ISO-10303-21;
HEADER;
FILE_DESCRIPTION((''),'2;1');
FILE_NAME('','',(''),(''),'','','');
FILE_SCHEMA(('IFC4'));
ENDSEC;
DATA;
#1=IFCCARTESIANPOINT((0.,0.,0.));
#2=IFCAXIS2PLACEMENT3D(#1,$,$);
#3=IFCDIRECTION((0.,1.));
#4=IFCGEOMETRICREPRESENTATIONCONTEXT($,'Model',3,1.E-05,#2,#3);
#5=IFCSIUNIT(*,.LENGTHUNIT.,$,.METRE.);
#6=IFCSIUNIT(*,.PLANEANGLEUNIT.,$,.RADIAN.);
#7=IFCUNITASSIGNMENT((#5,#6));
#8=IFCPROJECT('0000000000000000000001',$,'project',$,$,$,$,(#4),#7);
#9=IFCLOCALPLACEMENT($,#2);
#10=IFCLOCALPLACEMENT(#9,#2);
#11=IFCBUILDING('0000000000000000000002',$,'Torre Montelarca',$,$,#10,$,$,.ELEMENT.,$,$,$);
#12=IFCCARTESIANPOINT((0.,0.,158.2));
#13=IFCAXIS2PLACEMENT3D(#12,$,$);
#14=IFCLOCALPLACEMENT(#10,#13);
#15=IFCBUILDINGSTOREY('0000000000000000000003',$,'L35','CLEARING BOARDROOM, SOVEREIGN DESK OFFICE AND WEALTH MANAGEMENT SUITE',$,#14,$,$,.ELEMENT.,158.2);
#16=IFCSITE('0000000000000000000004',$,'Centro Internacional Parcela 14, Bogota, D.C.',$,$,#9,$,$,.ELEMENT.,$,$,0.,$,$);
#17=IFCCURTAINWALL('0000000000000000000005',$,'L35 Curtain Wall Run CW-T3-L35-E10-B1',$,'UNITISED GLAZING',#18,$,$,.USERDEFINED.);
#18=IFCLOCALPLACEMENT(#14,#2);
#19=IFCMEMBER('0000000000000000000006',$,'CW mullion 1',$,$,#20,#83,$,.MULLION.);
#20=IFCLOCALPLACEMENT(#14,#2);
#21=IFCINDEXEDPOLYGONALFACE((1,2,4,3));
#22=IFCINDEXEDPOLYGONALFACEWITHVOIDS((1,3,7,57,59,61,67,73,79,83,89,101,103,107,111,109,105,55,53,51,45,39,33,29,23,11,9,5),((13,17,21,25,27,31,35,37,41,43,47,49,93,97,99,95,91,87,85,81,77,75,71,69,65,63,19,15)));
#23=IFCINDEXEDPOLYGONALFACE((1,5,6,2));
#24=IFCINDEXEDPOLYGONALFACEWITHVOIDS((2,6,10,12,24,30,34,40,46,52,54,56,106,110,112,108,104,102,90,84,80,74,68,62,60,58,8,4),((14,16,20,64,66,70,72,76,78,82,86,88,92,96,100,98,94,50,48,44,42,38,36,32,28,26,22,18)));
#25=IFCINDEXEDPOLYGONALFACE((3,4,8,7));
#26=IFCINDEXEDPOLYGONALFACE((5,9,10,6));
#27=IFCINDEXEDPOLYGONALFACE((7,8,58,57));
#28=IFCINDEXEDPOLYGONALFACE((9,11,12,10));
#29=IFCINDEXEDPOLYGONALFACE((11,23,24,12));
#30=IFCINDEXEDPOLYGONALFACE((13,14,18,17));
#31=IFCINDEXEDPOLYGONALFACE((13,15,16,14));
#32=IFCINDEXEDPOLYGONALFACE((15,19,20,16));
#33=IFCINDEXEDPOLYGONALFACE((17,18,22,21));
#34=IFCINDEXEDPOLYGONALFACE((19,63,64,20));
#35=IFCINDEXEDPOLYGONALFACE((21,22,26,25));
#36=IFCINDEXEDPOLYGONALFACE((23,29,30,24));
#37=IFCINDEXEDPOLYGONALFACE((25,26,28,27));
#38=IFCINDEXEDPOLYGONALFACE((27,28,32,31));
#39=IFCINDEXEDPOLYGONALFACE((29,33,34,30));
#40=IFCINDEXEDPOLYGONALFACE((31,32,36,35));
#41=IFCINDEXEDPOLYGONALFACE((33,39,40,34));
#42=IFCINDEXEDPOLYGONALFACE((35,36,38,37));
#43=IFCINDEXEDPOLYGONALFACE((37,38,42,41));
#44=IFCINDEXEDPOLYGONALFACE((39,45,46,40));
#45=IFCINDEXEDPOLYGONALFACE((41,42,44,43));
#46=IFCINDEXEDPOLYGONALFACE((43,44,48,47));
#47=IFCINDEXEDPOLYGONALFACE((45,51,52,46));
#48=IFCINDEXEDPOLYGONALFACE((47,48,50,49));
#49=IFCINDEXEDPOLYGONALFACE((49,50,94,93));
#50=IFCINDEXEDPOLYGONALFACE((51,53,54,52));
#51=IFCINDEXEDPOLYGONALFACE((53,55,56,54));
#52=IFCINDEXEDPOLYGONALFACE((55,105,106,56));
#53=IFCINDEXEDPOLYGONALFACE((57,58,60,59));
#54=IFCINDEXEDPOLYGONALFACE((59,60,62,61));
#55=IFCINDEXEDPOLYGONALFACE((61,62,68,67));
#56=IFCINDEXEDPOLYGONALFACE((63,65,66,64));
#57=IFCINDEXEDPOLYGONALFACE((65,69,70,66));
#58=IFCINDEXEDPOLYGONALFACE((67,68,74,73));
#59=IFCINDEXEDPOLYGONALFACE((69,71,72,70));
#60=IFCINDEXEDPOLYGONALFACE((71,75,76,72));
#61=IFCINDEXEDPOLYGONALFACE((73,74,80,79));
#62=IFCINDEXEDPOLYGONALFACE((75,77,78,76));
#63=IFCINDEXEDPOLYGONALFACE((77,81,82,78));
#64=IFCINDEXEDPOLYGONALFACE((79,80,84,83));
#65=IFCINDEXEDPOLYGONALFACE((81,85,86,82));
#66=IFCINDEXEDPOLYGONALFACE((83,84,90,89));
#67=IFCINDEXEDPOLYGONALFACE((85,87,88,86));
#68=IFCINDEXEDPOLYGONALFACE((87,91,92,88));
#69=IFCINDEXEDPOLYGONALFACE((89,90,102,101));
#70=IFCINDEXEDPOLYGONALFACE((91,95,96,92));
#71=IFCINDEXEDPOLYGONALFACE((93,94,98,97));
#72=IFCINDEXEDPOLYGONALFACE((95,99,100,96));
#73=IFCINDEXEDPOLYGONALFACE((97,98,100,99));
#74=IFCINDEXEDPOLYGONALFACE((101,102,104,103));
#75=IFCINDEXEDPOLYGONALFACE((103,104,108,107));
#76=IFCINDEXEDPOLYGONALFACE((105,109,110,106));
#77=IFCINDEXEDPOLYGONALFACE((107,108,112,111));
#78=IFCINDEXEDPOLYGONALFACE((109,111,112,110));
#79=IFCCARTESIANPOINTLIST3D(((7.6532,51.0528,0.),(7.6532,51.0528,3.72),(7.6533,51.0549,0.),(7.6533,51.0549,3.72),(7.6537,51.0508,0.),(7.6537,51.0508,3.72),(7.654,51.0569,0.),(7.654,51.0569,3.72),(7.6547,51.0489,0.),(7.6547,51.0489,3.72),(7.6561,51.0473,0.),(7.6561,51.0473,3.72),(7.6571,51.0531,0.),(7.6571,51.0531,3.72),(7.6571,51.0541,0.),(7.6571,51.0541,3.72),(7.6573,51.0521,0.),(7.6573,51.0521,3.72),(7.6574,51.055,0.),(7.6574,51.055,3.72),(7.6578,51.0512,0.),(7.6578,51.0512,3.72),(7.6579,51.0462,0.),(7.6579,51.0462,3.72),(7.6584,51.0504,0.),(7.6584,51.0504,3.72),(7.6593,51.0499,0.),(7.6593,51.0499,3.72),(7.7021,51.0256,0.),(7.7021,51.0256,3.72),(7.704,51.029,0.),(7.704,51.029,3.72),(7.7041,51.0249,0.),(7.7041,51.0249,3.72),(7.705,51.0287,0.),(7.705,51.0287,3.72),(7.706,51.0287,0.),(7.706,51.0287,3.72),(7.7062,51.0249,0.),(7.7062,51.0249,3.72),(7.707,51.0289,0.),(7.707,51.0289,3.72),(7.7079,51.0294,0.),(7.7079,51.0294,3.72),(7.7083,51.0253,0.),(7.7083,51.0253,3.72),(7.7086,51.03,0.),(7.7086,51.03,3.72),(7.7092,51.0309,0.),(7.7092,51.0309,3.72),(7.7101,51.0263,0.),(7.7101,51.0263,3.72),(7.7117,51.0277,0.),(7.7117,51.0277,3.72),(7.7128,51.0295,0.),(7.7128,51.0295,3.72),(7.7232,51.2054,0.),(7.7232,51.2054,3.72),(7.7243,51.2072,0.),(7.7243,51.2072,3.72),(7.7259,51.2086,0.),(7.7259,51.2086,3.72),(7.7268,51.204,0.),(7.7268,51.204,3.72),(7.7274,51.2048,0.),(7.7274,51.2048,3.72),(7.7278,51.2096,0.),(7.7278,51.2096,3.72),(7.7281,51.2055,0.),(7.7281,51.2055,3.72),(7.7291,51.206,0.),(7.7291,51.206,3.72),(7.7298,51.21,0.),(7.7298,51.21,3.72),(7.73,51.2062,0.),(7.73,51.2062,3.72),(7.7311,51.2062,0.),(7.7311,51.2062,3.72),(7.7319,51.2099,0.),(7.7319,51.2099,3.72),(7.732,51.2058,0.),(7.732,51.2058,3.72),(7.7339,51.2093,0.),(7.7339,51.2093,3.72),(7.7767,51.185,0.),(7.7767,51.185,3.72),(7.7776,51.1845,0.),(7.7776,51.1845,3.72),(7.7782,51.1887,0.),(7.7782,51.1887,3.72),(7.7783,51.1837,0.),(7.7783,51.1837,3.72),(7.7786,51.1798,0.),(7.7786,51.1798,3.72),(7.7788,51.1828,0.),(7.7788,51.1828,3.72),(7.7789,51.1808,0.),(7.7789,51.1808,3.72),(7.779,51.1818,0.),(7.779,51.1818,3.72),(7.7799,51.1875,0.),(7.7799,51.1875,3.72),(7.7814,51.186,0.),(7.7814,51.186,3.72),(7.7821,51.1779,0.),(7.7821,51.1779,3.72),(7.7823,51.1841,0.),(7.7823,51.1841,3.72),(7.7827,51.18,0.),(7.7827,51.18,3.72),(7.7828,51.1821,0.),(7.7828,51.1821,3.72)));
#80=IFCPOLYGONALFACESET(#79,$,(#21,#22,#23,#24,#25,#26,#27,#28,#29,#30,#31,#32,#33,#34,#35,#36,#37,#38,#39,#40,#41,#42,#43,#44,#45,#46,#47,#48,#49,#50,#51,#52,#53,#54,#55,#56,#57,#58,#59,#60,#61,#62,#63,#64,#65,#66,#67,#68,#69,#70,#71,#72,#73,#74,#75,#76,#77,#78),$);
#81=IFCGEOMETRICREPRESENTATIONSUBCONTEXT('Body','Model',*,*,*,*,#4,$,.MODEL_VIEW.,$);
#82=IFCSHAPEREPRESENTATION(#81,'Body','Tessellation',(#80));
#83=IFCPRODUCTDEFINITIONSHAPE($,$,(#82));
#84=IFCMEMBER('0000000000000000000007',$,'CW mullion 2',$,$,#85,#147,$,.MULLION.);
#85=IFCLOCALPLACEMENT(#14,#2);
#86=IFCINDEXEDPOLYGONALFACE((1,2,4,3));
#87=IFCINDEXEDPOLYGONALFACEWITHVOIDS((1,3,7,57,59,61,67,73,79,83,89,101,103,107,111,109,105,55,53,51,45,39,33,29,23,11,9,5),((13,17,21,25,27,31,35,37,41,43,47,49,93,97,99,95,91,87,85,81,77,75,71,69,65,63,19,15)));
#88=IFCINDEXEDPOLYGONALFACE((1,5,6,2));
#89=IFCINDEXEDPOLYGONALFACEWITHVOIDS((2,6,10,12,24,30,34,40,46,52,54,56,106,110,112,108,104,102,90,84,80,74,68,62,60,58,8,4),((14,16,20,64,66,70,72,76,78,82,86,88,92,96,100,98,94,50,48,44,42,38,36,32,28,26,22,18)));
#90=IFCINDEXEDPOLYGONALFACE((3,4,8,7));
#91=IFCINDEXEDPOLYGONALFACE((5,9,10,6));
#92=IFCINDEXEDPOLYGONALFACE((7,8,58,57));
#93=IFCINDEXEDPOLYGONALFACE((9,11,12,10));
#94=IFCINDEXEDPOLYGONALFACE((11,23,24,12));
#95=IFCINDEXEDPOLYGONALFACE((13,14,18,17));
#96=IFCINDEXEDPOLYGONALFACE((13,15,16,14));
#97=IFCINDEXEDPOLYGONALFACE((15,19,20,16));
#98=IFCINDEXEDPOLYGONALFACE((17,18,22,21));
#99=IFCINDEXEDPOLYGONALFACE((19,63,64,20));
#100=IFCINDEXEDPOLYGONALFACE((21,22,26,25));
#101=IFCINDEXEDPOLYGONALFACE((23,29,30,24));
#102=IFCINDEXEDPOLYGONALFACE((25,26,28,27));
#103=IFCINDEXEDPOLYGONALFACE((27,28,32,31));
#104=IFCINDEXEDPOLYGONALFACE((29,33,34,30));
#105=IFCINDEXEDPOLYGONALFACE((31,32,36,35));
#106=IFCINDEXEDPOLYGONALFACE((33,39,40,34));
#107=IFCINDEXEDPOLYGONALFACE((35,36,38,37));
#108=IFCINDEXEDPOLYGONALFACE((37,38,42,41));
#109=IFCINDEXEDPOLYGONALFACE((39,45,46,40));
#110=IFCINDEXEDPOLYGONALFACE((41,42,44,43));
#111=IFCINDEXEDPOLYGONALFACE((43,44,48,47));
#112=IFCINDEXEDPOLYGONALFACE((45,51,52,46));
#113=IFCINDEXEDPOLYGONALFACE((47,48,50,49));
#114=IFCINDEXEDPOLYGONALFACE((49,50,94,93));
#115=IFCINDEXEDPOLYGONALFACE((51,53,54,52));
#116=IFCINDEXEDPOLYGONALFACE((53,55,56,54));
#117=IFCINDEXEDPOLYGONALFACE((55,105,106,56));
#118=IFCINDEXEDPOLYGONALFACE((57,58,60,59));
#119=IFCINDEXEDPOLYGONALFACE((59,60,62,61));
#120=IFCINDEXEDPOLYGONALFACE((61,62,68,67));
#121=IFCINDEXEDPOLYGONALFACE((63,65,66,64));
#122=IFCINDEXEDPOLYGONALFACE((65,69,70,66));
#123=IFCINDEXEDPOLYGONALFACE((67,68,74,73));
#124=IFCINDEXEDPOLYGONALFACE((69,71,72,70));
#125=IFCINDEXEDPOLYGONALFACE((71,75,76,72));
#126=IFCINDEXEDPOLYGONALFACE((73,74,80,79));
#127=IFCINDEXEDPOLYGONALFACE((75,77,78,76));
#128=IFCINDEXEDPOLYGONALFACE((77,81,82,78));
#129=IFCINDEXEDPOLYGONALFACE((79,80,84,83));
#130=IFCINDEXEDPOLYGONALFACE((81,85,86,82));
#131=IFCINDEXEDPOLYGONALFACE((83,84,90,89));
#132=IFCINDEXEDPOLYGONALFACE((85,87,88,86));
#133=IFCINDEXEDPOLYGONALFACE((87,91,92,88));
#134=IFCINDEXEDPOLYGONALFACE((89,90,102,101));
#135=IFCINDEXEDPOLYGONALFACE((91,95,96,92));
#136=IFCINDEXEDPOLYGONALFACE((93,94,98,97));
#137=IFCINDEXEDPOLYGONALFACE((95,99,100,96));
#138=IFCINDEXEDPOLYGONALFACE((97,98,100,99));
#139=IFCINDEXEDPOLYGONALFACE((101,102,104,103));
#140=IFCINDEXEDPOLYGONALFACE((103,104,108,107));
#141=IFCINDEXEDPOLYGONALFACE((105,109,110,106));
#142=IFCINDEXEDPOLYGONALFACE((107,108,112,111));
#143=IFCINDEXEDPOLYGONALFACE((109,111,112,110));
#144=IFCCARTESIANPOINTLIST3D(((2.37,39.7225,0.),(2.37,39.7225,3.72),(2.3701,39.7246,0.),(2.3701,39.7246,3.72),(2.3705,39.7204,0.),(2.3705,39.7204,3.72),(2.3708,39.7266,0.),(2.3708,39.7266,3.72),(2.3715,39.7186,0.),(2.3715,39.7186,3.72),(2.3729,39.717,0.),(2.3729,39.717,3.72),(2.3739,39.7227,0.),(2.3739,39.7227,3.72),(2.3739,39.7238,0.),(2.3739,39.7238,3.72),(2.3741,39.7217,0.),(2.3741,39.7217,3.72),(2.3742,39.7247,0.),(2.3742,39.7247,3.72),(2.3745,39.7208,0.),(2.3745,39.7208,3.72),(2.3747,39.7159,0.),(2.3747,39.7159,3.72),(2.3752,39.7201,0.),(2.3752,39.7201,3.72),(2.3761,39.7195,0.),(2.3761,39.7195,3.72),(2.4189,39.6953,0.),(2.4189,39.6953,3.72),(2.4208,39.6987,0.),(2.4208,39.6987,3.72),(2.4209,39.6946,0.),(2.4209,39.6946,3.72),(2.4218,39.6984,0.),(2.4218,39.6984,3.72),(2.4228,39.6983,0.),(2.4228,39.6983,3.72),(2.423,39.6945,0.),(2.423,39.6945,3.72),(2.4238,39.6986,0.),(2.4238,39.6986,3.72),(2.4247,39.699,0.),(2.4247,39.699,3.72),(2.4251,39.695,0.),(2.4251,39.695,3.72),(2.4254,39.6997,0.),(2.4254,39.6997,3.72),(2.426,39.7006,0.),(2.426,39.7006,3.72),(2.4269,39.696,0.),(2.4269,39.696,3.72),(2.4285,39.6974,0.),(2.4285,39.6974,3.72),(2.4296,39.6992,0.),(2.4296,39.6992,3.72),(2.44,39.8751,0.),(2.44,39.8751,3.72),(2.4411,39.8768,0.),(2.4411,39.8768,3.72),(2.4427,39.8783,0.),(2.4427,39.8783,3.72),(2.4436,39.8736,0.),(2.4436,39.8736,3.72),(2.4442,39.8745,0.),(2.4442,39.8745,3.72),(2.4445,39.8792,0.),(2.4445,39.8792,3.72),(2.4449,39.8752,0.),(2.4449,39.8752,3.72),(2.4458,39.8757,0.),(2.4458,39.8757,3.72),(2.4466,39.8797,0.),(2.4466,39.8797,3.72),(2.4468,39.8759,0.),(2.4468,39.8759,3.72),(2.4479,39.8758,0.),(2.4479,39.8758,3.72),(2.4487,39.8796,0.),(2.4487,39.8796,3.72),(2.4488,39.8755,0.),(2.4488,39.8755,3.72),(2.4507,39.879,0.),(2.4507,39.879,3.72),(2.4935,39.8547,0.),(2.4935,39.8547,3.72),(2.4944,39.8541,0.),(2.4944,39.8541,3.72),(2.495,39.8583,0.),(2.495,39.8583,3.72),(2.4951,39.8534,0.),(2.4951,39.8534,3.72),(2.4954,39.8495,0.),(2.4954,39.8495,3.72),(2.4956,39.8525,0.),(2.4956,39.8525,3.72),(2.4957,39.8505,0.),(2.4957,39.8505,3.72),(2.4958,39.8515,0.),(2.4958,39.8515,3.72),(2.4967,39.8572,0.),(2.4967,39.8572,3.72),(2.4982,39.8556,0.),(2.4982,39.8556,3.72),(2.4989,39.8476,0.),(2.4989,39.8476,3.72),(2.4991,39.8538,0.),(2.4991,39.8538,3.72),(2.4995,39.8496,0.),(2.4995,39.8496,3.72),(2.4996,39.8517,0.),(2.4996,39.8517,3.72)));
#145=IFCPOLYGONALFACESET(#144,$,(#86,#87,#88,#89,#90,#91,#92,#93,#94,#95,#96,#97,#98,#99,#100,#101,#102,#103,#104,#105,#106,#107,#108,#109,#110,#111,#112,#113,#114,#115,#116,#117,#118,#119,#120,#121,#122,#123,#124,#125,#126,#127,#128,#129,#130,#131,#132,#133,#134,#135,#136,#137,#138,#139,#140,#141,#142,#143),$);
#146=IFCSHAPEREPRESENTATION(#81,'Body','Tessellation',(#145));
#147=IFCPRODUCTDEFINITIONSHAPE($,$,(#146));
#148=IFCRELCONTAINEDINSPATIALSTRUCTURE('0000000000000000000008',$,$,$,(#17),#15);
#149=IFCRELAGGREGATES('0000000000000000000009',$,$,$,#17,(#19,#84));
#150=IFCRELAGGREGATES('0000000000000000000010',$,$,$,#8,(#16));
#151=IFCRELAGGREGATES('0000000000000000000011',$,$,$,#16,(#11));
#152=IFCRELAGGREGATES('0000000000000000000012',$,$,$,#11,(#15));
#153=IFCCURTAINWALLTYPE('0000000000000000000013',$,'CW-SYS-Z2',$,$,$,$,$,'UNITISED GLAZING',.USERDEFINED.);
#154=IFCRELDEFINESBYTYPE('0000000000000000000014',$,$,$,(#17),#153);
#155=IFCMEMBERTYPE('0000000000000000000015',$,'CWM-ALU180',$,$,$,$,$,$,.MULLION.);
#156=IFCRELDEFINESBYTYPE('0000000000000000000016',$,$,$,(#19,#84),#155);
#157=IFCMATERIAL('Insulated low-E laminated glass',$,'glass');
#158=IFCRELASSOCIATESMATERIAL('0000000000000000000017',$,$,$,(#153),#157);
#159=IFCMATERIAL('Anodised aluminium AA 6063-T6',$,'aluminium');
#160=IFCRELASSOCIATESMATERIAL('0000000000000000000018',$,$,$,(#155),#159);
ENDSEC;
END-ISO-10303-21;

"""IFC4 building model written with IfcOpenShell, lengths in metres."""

from ifc_helpers import new_model, si_unit, direction, frame, origin, origin_2d, place, context, subcontext, project, spatial, hollow_rectangle, extrude, source, transform, mapped, material, material_profile, profile_set, type_object, element, aggregate, save


model = new_model("IFC4")

# Units and contexts
model_context = context("Model", 3, precision=1e-05, world=origin(), true_north=direction((0.0, 1.0)))
body_context = subcontext(model_context, "Body", "Model", "MODEL_VIEW")
ifc_project = project(units=[si_unit("LENGTHUNIT", "METRE"), si_unit("PLANEANGLEUNIT", "RADIAN")], contexts=[model_context])

# Site, building, storey
site_placement = place(None, origin())
site = spatial("IfcSite", under=ifc_project, at=site_placement, Name="Centro Internacional Parcela 14, Bogota, D.C.", CompositionType="ELEMENT", RefElevation=0.0)
building_placement = place(site_placement, origin())
building = spatial("IfcBuilding", under=site, at=building_placement, Name="Torre Montelarca", CompositionType="ELEMENT")
storey_placement = place(building_placement, frame((0.0, 0.0, 158.2)))
storey = spatial("IfcBuildingStorey", under=building, at=storey_placement, Name="L35", Description="CLEARING BOARDROOM, SOVEREIGN DESK OFFICE AND WEALTH MANAGEMENT SUITE", CompositionType="ELEMENT", Elevation=158.2)

# Shared definitions
ifc_material_1 = material(Name="Insulated low-E laminated glass", Category="glass")
curtain_wall_type = type_object("IfcCurtainWallType", Name="CW-SYS-Z2", ElementType="UNITISED GLAZING", PredefinedType="USERDEFINED", material=ifc_material_1)
ifc_material_2 = material(Name="Anodised aluminium AA 6063-T6", Category="aluminium")

# Curtain wall
curtain_wall_1_placement = place(storey_placement, origin())
curtain_wall_1 = element("IfcCurtainWall", 1, at=curtain_wall_1_placement, inside=storey, type_object=curtain_wall_type, Name="L35 Curtain Wall Run CW-T3-L35-E10-B1", ObjectType="UNITISED GLAZING", PredefinedType="USERDEFINED")

# Shared definitions
ifc_material_profile_1 = material_profile(ifc_material_2, hollow_rectangle(XDim=0.0649, YDim=0.1799, WallThickness=0.0039, InnerFilletRadius=0.0039, OuterFilletRadius=0.0081, at=origin_2d()), Name="ALU65X180X4", Category="aluminium")
ifc_profile_set_1 = profile_set([ifc_material_profile_1], Name="Anodised aluminium AA 6063-T6")
member_type_1 = type_object("IfcMemberType", Name="CWM-ALU180", PredefinedType="MULLION", material=ifc_profile_set_1)
shared_shape_1 = source(origin(), body_context, "Body", "SweptSolid", [
    extrude(hollow_rectangle(XDim=0.0649, YDim=0.1799, WallThickness=0.0039, InnerFilletRadius=0.0039, OuterFilletRadius=0.0081, at=origin_2d()), origin(), (0.0, 0.0, 1.0), 3.72),
])

# Members
member_1_placement = place(storey_placement, frame((7.718, 51.1174, 0.0), z_axis=(0.0, 0.0, 1.0), x_axis=(0.90631, -0.422614, 0.0)))
member_1 = element("IfcMember", 2, at=member_1_placement, type_object=member_type_1, Name="CW mullion 1", PredefinedType="MULLION", context=body_context, shape_type="MappedRepresentation", body=[
    mapped(shared_shape_1, transform((0.0, 0.0, 0.0), scale=1.0)),
])
member_2_placement = place(storey_placement, frame((2.4348, 39.7871, 0.0), z_axis=(0.0, 0.0, 1.0), x_axis=(0.90631, -0.422614, 0.0)))
member_2 = element("IfcMember", 3, at=member_2_placement, type_object=member_type_1, Name="CW mullion 2", PredefinedType="MULLION", context=body_context, shape_type="MappedRepresentation", body=[
    mapped(shared_shape_1, transform((0.0, 0.0, 0.0), scale=1.0)),
])

aggregate(curtain_wall_1, [member_1, member_2])

save(model, "model.ifc")
